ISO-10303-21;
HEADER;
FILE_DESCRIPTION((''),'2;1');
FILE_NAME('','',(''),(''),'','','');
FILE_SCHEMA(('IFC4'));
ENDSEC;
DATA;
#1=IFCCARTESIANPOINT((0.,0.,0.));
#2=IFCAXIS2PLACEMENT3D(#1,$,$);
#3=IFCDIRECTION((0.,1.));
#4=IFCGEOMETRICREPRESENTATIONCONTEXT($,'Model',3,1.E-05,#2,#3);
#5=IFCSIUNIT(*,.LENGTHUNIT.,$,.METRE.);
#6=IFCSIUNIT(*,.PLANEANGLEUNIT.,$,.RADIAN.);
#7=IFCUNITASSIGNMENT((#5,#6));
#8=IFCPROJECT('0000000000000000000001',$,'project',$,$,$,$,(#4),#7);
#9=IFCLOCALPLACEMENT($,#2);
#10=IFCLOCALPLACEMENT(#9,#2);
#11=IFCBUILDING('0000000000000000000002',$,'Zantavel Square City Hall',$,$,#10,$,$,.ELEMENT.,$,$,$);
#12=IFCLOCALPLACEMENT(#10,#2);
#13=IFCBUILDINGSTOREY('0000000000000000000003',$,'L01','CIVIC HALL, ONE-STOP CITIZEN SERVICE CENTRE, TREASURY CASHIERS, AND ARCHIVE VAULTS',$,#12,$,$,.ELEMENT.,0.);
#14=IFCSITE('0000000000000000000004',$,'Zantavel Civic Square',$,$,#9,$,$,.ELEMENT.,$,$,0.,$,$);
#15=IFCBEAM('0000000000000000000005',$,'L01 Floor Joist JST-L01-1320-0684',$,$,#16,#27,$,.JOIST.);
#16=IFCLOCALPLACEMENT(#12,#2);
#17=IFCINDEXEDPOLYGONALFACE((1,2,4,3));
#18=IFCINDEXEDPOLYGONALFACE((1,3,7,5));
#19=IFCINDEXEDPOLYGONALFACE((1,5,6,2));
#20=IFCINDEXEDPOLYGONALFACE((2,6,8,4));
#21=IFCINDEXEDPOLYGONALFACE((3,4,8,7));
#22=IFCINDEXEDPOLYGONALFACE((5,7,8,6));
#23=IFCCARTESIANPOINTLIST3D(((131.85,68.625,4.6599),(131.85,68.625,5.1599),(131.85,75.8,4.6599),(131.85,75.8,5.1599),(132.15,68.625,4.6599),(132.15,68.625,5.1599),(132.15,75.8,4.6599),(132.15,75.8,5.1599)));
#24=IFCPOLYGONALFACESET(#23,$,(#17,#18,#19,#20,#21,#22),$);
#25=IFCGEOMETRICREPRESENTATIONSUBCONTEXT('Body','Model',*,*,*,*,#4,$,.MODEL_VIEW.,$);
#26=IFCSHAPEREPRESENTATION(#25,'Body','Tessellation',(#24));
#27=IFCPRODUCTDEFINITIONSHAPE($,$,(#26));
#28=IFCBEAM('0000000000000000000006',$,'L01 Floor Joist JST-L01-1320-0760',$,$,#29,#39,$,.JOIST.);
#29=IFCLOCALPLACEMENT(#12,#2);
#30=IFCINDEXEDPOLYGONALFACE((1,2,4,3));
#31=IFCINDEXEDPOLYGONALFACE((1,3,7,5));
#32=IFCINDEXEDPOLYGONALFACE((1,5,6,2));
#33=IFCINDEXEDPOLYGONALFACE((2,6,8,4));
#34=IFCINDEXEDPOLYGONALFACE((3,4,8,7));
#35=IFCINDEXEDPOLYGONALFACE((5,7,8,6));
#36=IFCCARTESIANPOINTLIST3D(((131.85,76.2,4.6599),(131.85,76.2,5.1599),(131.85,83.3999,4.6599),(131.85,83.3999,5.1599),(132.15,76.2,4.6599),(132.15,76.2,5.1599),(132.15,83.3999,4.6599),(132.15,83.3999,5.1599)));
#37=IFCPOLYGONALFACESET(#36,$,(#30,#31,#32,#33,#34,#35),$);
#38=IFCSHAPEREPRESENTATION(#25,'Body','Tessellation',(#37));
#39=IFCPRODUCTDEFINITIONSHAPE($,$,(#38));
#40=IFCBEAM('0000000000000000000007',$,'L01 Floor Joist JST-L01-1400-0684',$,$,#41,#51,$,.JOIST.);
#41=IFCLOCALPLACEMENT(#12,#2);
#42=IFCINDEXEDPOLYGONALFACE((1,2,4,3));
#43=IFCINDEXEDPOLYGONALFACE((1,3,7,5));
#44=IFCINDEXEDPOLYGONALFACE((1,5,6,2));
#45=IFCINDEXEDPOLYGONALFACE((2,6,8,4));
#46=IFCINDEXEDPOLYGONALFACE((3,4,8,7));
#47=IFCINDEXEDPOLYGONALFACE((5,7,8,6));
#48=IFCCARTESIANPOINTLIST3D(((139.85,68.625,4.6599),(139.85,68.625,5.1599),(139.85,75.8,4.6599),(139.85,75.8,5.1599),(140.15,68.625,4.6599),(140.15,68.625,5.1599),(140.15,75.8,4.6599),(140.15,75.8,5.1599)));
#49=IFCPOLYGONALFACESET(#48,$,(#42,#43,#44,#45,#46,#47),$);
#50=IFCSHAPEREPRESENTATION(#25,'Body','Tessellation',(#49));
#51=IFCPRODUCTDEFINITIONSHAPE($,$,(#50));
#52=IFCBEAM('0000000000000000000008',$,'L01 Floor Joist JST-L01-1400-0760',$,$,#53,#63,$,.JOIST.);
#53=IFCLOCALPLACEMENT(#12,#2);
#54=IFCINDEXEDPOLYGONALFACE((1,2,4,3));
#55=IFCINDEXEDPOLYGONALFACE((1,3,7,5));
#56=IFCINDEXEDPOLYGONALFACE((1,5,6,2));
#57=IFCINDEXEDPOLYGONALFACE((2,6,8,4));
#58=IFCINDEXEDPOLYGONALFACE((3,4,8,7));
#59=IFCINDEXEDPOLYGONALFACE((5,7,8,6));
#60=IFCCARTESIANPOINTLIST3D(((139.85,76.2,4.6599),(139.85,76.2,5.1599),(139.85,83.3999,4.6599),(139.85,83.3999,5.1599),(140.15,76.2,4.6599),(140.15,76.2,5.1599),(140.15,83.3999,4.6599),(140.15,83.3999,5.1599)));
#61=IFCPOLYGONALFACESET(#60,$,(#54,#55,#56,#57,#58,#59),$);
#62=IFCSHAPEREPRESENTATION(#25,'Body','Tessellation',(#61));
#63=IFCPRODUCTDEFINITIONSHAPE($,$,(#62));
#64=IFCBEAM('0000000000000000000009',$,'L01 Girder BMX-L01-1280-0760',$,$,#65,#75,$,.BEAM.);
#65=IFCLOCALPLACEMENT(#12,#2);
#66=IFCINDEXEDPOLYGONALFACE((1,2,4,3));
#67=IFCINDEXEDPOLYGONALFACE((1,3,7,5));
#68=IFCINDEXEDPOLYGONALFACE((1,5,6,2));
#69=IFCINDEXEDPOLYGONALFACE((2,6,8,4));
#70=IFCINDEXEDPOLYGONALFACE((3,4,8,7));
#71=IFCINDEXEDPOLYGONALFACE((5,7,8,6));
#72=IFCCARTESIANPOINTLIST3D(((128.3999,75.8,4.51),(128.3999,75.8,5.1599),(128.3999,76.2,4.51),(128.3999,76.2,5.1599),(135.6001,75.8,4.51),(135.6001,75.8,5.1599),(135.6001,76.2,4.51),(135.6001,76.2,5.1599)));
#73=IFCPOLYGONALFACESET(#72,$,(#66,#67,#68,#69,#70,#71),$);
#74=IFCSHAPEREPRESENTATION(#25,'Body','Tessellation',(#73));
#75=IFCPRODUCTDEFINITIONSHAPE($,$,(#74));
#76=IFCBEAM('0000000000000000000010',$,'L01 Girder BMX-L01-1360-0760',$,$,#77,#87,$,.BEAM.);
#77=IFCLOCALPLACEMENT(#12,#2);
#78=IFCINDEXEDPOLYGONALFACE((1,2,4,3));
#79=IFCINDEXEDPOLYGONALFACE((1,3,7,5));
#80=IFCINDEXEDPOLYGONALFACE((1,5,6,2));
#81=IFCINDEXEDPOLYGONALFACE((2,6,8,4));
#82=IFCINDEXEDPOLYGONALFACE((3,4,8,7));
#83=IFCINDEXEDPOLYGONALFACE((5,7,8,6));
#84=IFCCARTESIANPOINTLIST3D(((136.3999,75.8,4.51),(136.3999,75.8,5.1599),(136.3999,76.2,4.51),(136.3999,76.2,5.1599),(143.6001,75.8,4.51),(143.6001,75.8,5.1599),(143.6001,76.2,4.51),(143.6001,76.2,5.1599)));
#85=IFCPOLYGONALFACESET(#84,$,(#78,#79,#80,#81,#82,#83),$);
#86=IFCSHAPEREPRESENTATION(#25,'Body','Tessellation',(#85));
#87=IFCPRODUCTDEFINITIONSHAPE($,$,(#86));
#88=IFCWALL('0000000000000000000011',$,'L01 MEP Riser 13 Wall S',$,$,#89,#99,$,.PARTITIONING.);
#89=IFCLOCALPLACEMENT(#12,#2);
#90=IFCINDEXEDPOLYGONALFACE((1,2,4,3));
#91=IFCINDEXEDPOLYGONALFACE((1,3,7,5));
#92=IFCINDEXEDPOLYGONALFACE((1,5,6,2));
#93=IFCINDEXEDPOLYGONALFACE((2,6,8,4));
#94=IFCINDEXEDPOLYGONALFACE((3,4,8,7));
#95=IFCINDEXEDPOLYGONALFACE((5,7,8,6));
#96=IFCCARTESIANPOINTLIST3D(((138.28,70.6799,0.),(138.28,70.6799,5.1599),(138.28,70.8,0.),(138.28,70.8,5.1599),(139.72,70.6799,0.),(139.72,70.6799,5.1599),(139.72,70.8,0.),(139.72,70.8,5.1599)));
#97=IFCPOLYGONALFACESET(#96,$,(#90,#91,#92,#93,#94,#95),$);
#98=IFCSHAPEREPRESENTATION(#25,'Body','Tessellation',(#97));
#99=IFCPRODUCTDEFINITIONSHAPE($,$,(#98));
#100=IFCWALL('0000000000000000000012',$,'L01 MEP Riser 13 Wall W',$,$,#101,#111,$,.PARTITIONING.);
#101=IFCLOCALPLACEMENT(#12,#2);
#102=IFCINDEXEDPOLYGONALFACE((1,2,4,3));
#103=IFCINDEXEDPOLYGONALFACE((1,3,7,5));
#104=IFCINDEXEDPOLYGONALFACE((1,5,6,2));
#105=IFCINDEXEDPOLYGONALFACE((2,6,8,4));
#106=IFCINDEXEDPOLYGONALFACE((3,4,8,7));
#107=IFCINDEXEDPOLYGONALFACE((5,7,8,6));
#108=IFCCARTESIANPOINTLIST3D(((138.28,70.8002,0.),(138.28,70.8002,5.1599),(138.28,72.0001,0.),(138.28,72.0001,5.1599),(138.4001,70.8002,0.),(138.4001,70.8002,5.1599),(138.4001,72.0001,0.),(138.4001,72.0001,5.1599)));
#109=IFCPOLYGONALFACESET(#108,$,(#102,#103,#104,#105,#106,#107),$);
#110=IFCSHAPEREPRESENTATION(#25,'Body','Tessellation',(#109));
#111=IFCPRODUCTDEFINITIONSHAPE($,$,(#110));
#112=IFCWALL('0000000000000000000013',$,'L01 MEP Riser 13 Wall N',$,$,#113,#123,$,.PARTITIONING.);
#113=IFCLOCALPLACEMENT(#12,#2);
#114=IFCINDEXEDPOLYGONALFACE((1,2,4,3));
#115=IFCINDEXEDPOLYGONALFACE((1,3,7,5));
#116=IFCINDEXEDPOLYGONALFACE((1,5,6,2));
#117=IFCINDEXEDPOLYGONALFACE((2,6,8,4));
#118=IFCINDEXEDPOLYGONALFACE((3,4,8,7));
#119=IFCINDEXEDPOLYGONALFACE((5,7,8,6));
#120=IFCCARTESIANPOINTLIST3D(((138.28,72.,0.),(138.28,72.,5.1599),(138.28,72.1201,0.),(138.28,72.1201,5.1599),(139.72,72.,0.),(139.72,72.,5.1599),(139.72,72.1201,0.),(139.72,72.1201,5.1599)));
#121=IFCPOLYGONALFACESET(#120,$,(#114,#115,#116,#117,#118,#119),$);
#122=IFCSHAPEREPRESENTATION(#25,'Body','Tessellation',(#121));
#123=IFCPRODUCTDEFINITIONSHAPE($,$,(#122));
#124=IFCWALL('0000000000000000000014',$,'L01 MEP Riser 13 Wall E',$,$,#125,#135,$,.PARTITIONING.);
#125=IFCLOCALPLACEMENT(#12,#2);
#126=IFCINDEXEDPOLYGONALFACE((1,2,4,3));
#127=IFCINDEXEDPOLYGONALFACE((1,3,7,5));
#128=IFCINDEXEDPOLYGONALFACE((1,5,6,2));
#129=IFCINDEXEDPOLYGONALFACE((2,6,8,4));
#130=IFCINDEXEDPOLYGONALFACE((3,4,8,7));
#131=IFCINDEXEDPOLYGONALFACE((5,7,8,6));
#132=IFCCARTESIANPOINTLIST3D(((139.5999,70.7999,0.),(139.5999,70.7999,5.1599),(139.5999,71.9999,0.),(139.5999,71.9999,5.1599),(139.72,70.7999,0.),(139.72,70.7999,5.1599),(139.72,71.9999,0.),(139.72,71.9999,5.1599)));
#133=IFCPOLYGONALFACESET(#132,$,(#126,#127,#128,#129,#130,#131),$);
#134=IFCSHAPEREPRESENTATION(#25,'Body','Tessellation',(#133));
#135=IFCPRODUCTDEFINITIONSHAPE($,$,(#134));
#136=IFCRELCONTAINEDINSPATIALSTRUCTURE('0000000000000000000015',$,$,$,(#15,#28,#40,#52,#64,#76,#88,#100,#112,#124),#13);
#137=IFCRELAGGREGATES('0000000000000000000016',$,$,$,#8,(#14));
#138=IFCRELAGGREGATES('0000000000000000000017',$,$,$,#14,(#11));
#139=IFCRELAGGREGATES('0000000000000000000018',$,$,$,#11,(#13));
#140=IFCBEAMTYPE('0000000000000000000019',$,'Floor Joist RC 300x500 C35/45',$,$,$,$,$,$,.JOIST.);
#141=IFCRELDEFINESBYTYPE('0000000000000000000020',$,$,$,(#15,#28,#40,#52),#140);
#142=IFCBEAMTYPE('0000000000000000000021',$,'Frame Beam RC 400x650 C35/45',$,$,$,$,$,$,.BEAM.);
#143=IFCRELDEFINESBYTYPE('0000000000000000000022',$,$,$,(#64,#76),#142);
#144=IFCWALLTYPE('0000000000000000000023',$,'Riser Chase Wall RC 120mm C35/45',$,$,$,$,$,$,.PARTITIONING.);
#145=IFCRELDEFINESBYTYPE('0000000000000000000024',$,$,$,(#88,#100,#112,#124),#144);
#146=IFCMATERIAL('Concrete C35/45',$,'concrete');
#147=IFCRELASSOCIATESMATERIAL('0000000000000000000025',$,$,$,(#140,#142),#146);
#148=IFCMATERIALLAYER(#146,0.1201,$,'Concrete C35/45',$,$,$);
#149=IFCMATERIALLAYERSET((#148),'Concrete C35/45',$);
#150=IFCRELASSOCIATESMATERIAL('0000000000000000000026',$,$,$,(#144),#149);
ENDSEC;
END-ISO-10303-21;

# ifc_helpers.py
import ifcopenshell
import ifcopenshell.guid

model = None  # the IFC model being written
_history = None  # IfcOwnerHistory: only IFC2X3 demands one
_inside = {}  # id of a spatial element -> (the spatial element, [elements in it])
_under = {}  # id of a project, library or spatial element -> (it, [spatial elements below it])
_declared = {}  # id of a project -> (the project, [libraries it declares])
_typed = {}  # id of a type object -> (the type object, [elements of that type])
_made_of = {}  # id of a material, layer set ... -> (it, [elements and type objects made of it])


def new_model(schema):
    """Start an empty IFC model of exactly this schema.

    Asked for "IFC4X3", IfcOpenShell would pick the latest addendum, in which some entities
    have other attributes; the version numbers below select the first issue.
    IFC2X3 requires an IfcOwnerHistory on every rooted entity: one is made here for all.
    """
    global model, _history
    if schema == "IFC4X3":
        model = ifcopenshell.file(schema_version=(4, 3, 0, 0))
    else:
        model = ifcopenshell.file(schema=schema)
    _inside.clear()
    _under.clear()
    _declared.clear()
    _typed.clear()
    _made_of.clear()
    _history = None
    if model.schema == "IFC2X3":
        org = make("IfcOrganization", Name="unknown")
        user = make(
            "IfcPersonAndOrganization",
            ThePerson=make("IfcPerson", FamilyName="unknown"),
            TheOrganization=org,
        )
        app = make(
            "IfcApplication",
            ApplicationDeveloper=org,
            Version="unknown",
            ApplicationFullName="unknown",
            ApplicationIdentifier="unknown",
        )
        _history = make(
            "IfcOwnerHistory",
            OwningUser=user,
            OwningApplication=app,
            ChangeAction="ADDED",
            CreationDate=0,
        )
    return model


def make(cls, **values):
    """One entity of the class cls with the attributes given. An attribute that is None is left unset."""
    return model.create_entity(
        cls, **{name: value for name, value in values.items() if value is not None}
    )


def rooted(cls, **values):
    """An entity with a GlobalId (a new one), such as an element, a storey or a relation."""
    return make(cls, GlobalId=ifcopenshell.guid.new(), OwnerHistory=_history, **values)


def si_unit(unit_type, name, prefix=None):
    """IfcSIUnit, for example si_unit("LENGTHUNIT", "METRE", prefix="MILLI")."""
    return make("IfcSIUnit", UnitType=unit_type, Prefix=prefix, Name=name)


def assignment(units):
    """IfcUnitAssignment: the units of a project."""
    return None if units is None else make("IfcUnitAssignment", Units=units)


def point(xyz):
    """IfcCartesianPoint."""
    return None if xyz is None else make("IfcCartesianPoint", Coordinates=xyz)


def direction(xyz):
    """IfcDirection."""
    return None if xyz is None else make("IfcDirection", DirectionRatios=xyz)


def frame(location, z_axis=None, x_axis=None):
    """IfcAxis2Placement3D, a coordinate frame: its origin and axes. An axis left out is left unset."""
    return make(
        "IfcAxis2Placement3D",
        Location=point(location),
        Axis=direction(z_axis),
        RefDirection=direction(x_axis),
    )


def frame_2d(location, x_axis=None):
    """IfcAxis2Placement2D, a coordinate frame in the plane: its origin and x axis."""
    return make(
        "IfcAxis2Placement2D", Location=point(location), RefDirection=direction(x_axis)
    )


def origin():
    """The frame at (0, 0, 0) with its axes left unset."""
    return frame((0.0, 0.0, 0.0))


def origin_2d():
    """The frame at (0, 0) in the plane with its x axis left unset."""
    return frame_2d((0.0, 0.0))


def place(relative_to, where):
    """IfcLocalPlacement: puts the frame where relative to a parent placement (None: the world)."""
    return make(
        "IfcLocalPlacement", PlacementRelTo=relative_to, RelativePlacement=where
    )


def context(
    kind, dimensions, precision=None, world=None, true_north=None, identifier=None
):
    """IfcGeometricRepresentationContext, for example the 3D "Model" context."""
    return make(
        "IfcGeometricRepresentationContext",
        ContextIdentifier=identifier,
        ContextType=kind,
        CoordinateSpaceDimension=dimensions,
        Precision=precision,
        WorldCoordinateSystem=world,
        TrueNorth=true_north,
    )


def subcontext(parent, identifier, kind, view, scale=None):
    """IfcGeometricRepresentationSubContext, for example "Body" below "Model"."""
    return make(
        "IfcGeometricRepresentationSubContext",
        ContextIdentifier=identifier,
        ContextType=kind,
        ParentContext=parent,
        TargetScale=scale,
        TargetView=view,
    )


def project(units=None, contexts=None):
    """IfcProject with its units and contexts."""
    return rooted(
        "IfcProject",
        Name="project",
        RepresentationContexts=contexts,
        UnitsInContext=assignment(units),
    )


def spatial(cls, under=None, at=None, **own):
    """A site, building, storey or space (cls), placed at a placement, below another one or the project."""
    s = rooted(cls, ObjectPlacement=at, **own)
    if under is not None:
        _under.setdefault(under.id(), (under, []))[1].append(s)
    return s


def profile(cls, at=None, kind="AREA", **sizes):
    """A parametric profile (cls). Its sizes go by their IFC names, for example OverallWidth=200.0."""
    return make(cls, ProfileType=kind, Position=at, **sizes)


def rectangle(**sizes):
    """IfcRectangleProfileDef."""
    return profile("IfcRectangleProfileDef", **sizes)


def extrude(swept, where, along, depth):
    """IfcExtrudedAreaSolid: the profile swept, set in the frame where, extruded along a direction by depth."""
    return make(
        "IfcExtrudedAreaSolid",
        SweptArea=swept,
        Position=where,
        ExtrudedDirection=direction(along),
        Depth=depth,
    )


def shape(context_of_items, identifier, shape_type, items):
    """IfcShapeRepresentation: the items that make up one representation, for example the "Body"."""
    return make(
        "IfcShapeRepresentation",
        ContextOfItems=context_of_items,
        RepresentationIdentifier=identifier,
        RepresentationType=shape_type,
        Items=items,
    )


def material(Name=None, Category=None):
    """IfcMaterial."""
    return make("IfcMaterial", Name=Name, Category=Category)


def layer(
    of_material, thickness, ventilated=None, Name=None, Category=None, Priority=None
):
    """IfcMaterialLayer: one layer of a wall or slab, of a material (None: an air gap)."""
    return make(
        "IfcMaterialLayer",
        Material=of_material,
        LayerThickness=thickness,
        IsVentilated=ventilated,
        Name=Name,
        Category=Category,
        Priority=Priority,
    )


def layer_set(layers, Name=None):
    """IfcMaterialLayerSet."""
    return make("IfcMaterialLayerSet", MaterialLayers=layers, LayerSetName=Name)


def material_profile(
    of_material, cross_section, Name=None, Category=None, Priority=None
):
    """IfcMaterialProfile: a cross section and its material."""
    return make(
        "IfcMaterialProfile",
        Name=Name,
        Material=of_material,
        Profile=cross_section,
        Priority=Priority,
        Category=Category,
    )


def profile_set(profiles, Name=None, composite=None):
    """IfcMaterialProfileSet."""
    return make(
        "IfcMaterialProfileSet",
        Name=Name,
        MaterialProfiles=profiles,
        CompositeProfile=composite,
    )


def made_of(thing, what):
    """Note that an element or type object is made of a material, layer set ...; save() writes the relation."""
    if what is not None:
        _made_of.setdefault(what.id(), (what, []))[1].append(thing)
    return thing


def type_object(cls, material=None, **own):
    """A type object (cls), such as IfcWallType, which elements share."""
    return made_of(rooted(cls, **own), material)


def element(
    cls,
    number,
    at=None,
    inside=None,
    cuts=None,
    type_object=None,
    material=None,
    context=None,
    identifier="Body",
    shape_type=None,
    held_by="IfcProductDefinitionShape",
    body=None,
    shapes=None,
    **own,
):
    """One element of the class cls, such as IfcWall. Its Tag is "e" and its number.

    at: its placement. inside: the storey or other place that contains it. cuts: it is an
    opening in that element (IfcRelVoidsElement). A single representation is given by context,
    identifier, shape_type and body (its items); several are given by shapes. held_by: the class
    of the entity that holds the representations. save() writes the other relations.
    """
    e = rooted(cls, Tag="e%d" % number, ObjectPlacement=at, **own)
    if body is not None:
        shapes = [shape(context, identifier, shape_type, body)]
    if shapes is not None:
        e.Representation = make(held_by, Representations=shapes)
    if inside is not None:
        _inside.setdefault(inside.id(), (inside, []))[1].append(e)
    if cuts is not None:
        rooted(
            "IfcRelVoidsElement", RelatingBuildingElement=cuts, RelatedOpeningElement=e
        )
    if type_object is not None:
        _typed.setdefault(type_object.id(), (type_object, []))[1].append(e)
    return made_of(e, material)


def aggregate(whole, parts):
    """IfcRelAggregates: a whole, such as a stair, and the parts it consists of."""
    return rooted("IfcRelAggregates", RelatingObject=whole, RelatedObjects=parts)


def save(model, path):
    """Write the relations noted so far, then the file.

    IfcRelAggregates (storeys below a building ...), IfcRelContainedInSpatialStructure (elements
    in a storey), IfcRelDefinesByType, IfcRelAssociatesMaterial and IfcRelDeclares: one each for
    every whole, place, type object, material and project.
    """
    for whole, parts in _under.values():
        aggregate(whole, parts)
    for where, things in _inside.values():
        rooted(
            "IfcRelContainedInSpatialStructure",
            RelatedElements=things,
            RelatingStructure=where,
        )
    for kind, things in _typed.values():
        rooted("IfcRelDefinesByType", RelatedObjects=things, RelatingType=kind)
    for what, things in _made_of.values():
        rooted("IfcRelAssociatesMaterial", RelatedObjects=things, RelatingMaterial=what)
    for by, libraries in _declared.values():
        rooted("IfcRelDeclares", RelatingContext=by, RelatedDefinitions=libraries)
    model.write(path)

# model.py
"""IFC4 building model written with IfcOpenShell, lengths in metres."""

from ifc_helpers import new_model, si_unit, direction, frame, frame_2d, origin, origin_2d, place, context, subcontext, project, spatial, rectangle, extrude, material, layer, layer_set, material_profile, profile_set, type_object, element, save


model = new_model("IFC4")

# Units and contexts
model_context = context("Model", 3, precision=1e-05, world=origin(), true_north=direction((0.0, 1.0)))
body_context = subcontext(model_context, "Body", "Model", "MODEL_VIEW")
ifc_project = project(units=[si_unit("LENGTHUNIT", "METRE"), si_unit("PLANEANGLEUNIT", "RADIAN")], contexts=[model_context])

# Site, building, storey
site_placement = place(None, origin())
site = spatial("IfcSite", under=ifc_project, at=site_placement, Name="Zantavel Civic Square", CompositionType="ELEMENT", RefElevation=0.0)
building_placement = place(site_placement, origin())
building = spatial("IfcBuilding", under=site, at=building_placement, Name="Zantavel Square City Hall", CompositionType="ELEMENT")
storey_placement = place(building_placement, origin())
storey = spatial("IfcBuildingStorey", under=building, at=storey_placement, Name="L01", Description="CIVIC HALL, ONE-STOP CITIZEN SERVICE CENTRE, TREASURY CASHIERS, AND ARCHIVE VAULTS", CompositionType="ELEMENT", Elevation=0.0)

# Shared definitions
ifc_material_1 = material(Name="Concrete C35/45", Category="concrete")

# Beams
ifc_material_profile_1 = material_profile(ifc_material_1, rectangle(XDim=0.3, YDim=0.5, at=origin_2d()), Name="RC 300x500")
ifc_profile_set_1 = profile_set([ifc_material_profile_1], Name="Concrete C35/45")
beam_type_1 = type_object("IfcBeamType", Name="Floor Joist RC 300x500 C35/45", PredefinedType="JOIST", material=ifc_profile_set_1)
beam_1_placement = place(storey_placement, frame((132.0, 68.625, 4.9099), z_axis=(0.0, 1.0, 0.0), x_axis=(-1.0, 0.0, 0.0)))
element("IfcBeam", 1, at=beam_1_placement, inside=storey, type_object=beam_type_1, Name="L01 Floor Joist JST-L01-1320-0684", PredefinedType="JOIST", context=body_context, shape_type="SweptSolid", body=[
    extrude(rectangle(XDim=0.3, YDim=0.5, at=origin_2d()), origin(), (0.0, 0.0, 1.0), 7.175),
])
beam_2_placement = place(storey_placement, frame((132.0, 76.2, 4.9099), z_axis=(0.0, 1.0, 0.0), x_axis=(-1.0, 0.0, 0.0)))
element("IfcBeam", 2, at=beam_2_placement, inside=storey, type_object=beam_type_1, Name="L01 Floor Joist JST-L01-1320-0760", PredefinedType="JOIST", context=body_context, shape_type="SweptSolid", body=[
    extrude(rectangle(XDim=0.3, YDim=0.5, at=origin_2d()), origin(), (0.0, 0.0, 1.0), 7.2),
])
beam_3_placement = place(storey_placement, frame((140.0, 68.625, 4.9099), z_axis=(0.0, 1.0, 0.0), x_axis=(-1.0, 0.0, 0.0)))
element("IfcBeam", 3, at=beam_3_placement, inside=storey, type_object=beam_type_1, Name="L01 Floor Joist JST-L01-1400-0684", PredefinedType="JOIST", context=body_context, shape_type="SweptSolid", body=[
    extrude(rectangle(XDim=0.3, YDim=0.5, at=origin_2d()), origin(), (0.0, 0.0, 1.0), 7.175),
])
beam_4_placement = place(storey_placement, frame((140.0, 76.2, 4.9099), z_axis=(0.0, 1.0, 0.0), x_axis=(-1.0, 0.0, 0.0)))
element("IfcBeam", 4, at=beam_4_placement, inside=storey, type_object=beam_type_1, Name="L01 Floor Joist JST-L01-1400-0760", PredefinedType="JOIST", context=body_context, shape_type="SweptSolid", body=[
    extrude(rectangle(XDim=0.3, YDim=0.5, at=origin_2d()), origin(), (0.0, 0.0, 1.0), 7.2),
])
ifc_material_profile_2 = material_profile(ifc_material_1, rectangle(XDim=0.3999, YDim=0.6499, at=origin_2d()), Name="RC 400x650")
ifc_profile_set_2 = profile_set([ifc_material_profile_2], Name="Concrete C35/45")
beam_type_2 = type_object("IfcBeamType", Name="Frame Beam RC 400x650 C35/45", PredefinedType="BEAM", material=ifc_profile_set_2)
for number, where, z_axis, x_axis, name in (
    (5, (128.3999, 76.0, 4.835), (1.0, 0.0, 0.0), (0.0, 1.0, 0.0), "L01 Girder BMX-L01-1280-0760"),
    (6, (136.3999, 76.0, 4.835), (1.0, 0.0, 0.0), (0.0, 1.0, 0.0), "L01 Girder BMX-L01-1360-0760"),
):
    element("IfcBeam", number, at=place(storey_placement, frame(where, z_axis=z_axis, x_axis=x_axis)), inside=storey, type_object=beam_type_2, Name=name, PredefinedType="BEAM", context=body_context, shape_type="SweptSolid", body=[
        extrude(rectangle(XDim=0.3999, YDim=0.6499, at=origin_2d()), origin(), (0.0, 0.0, 1.0), 7.2002),
    ])

# Walls
ifc_layer_1 = layer(ifc_material_1, 0.1201, Name="Concrete C35/45")
ifc_layer_set_1 = layer_set([ifc_layer_1], Name="Concrete C35/45")
wall_type_1 = type_object("IfcWallType", Name="Riser Chase Wall RC 120mm C35/45", PredefinedType="PARTITIONING", material=ifc_layer_set_1)
wall_1_placement = place(storey_placement, frame((139.72, 70.74, 0.0), z_axis=(0.0, 0.0, 1.0), x_axis=(-1.0, 0.0, 0.0)))
element("IfcWall", 7, at=wall_1_placement, inside=storey, type_object=wall_type_1, Name="L01 MEP Riser 13 Wall S", PredefinedType="PARTITIONING", context=body_context, shape_type="SweptSolid", body=[
    extrude(rectangle(XDim=1.4399, YDim=0.1201, at=frame_2d((0.72, 0.0))), origin(), (0.0, 0.0, 1.0), 5.1599),
])
wall_2_placement = place(storey_placement, frame((138.3401, 70.8, 0.0), z_axis=(0.0, 0.0, 1.0), x_axis=(0.0, 1.0, 0.0)))
element("IfcWall", 8, at=wall_2_placement, inside=storey, type_object=wall_type_1, Name="L01 MEP Riser 13 Wall W", PredefinedType="PARTITIONING", context=body_context, shape_type="SweptSolid", body=[
    extrude(rectangle(XDim=1.2, YDim=0.1201, at=frame_2d((0.6001, 0.0))), origin(), (0.0, 0.0, 1.0), 5.1599),
])
wall_3_placement = place(storey_placement, frame((138.28, 72.0601, 0.0), z_axis=(0.0, 0.0, 1.0), x_axis=(1.0, 0.0, 0.0)))
element("IfcWall", 9, at=wall_3_placement, inside=storey, type_object=wall_type_1, Name="L01 MEP Riser 13 Wall N", PredefinedType="PARTITIONING", context=body_context, shape_type="SweptSolid", body=[
    extrude(rectangle(XDim=1.4399, YDim=0.1201, at=frame_2d((0.72, 0.0))), origin(), (0.0, 0.0, 1.0), 5.1599),
])
wall_4_placement = place(storey_placement, frame((139.6599, 72.0, 0.0), z_axis=(0.0, 0.0, 1.0), x_axis=(0.0, -1.0, 0.0)))
element("IfcWall", 10, at=wall_4_placement, inside=storey, type_object=wall_type_1, Name="L01 MEP Riser 13 Wall E", PredefinedType="PARTITIONING", context=body_context, shape_type="SweptSolid", body=[
    extrude(rectangle(XDim=1.2, YDim=0.1201, at=frame_2d((0.6001, 0.0))), origin(), (0.0, 0.0, 1.0), 5.1599),
])

save(model, "model.ifc")
